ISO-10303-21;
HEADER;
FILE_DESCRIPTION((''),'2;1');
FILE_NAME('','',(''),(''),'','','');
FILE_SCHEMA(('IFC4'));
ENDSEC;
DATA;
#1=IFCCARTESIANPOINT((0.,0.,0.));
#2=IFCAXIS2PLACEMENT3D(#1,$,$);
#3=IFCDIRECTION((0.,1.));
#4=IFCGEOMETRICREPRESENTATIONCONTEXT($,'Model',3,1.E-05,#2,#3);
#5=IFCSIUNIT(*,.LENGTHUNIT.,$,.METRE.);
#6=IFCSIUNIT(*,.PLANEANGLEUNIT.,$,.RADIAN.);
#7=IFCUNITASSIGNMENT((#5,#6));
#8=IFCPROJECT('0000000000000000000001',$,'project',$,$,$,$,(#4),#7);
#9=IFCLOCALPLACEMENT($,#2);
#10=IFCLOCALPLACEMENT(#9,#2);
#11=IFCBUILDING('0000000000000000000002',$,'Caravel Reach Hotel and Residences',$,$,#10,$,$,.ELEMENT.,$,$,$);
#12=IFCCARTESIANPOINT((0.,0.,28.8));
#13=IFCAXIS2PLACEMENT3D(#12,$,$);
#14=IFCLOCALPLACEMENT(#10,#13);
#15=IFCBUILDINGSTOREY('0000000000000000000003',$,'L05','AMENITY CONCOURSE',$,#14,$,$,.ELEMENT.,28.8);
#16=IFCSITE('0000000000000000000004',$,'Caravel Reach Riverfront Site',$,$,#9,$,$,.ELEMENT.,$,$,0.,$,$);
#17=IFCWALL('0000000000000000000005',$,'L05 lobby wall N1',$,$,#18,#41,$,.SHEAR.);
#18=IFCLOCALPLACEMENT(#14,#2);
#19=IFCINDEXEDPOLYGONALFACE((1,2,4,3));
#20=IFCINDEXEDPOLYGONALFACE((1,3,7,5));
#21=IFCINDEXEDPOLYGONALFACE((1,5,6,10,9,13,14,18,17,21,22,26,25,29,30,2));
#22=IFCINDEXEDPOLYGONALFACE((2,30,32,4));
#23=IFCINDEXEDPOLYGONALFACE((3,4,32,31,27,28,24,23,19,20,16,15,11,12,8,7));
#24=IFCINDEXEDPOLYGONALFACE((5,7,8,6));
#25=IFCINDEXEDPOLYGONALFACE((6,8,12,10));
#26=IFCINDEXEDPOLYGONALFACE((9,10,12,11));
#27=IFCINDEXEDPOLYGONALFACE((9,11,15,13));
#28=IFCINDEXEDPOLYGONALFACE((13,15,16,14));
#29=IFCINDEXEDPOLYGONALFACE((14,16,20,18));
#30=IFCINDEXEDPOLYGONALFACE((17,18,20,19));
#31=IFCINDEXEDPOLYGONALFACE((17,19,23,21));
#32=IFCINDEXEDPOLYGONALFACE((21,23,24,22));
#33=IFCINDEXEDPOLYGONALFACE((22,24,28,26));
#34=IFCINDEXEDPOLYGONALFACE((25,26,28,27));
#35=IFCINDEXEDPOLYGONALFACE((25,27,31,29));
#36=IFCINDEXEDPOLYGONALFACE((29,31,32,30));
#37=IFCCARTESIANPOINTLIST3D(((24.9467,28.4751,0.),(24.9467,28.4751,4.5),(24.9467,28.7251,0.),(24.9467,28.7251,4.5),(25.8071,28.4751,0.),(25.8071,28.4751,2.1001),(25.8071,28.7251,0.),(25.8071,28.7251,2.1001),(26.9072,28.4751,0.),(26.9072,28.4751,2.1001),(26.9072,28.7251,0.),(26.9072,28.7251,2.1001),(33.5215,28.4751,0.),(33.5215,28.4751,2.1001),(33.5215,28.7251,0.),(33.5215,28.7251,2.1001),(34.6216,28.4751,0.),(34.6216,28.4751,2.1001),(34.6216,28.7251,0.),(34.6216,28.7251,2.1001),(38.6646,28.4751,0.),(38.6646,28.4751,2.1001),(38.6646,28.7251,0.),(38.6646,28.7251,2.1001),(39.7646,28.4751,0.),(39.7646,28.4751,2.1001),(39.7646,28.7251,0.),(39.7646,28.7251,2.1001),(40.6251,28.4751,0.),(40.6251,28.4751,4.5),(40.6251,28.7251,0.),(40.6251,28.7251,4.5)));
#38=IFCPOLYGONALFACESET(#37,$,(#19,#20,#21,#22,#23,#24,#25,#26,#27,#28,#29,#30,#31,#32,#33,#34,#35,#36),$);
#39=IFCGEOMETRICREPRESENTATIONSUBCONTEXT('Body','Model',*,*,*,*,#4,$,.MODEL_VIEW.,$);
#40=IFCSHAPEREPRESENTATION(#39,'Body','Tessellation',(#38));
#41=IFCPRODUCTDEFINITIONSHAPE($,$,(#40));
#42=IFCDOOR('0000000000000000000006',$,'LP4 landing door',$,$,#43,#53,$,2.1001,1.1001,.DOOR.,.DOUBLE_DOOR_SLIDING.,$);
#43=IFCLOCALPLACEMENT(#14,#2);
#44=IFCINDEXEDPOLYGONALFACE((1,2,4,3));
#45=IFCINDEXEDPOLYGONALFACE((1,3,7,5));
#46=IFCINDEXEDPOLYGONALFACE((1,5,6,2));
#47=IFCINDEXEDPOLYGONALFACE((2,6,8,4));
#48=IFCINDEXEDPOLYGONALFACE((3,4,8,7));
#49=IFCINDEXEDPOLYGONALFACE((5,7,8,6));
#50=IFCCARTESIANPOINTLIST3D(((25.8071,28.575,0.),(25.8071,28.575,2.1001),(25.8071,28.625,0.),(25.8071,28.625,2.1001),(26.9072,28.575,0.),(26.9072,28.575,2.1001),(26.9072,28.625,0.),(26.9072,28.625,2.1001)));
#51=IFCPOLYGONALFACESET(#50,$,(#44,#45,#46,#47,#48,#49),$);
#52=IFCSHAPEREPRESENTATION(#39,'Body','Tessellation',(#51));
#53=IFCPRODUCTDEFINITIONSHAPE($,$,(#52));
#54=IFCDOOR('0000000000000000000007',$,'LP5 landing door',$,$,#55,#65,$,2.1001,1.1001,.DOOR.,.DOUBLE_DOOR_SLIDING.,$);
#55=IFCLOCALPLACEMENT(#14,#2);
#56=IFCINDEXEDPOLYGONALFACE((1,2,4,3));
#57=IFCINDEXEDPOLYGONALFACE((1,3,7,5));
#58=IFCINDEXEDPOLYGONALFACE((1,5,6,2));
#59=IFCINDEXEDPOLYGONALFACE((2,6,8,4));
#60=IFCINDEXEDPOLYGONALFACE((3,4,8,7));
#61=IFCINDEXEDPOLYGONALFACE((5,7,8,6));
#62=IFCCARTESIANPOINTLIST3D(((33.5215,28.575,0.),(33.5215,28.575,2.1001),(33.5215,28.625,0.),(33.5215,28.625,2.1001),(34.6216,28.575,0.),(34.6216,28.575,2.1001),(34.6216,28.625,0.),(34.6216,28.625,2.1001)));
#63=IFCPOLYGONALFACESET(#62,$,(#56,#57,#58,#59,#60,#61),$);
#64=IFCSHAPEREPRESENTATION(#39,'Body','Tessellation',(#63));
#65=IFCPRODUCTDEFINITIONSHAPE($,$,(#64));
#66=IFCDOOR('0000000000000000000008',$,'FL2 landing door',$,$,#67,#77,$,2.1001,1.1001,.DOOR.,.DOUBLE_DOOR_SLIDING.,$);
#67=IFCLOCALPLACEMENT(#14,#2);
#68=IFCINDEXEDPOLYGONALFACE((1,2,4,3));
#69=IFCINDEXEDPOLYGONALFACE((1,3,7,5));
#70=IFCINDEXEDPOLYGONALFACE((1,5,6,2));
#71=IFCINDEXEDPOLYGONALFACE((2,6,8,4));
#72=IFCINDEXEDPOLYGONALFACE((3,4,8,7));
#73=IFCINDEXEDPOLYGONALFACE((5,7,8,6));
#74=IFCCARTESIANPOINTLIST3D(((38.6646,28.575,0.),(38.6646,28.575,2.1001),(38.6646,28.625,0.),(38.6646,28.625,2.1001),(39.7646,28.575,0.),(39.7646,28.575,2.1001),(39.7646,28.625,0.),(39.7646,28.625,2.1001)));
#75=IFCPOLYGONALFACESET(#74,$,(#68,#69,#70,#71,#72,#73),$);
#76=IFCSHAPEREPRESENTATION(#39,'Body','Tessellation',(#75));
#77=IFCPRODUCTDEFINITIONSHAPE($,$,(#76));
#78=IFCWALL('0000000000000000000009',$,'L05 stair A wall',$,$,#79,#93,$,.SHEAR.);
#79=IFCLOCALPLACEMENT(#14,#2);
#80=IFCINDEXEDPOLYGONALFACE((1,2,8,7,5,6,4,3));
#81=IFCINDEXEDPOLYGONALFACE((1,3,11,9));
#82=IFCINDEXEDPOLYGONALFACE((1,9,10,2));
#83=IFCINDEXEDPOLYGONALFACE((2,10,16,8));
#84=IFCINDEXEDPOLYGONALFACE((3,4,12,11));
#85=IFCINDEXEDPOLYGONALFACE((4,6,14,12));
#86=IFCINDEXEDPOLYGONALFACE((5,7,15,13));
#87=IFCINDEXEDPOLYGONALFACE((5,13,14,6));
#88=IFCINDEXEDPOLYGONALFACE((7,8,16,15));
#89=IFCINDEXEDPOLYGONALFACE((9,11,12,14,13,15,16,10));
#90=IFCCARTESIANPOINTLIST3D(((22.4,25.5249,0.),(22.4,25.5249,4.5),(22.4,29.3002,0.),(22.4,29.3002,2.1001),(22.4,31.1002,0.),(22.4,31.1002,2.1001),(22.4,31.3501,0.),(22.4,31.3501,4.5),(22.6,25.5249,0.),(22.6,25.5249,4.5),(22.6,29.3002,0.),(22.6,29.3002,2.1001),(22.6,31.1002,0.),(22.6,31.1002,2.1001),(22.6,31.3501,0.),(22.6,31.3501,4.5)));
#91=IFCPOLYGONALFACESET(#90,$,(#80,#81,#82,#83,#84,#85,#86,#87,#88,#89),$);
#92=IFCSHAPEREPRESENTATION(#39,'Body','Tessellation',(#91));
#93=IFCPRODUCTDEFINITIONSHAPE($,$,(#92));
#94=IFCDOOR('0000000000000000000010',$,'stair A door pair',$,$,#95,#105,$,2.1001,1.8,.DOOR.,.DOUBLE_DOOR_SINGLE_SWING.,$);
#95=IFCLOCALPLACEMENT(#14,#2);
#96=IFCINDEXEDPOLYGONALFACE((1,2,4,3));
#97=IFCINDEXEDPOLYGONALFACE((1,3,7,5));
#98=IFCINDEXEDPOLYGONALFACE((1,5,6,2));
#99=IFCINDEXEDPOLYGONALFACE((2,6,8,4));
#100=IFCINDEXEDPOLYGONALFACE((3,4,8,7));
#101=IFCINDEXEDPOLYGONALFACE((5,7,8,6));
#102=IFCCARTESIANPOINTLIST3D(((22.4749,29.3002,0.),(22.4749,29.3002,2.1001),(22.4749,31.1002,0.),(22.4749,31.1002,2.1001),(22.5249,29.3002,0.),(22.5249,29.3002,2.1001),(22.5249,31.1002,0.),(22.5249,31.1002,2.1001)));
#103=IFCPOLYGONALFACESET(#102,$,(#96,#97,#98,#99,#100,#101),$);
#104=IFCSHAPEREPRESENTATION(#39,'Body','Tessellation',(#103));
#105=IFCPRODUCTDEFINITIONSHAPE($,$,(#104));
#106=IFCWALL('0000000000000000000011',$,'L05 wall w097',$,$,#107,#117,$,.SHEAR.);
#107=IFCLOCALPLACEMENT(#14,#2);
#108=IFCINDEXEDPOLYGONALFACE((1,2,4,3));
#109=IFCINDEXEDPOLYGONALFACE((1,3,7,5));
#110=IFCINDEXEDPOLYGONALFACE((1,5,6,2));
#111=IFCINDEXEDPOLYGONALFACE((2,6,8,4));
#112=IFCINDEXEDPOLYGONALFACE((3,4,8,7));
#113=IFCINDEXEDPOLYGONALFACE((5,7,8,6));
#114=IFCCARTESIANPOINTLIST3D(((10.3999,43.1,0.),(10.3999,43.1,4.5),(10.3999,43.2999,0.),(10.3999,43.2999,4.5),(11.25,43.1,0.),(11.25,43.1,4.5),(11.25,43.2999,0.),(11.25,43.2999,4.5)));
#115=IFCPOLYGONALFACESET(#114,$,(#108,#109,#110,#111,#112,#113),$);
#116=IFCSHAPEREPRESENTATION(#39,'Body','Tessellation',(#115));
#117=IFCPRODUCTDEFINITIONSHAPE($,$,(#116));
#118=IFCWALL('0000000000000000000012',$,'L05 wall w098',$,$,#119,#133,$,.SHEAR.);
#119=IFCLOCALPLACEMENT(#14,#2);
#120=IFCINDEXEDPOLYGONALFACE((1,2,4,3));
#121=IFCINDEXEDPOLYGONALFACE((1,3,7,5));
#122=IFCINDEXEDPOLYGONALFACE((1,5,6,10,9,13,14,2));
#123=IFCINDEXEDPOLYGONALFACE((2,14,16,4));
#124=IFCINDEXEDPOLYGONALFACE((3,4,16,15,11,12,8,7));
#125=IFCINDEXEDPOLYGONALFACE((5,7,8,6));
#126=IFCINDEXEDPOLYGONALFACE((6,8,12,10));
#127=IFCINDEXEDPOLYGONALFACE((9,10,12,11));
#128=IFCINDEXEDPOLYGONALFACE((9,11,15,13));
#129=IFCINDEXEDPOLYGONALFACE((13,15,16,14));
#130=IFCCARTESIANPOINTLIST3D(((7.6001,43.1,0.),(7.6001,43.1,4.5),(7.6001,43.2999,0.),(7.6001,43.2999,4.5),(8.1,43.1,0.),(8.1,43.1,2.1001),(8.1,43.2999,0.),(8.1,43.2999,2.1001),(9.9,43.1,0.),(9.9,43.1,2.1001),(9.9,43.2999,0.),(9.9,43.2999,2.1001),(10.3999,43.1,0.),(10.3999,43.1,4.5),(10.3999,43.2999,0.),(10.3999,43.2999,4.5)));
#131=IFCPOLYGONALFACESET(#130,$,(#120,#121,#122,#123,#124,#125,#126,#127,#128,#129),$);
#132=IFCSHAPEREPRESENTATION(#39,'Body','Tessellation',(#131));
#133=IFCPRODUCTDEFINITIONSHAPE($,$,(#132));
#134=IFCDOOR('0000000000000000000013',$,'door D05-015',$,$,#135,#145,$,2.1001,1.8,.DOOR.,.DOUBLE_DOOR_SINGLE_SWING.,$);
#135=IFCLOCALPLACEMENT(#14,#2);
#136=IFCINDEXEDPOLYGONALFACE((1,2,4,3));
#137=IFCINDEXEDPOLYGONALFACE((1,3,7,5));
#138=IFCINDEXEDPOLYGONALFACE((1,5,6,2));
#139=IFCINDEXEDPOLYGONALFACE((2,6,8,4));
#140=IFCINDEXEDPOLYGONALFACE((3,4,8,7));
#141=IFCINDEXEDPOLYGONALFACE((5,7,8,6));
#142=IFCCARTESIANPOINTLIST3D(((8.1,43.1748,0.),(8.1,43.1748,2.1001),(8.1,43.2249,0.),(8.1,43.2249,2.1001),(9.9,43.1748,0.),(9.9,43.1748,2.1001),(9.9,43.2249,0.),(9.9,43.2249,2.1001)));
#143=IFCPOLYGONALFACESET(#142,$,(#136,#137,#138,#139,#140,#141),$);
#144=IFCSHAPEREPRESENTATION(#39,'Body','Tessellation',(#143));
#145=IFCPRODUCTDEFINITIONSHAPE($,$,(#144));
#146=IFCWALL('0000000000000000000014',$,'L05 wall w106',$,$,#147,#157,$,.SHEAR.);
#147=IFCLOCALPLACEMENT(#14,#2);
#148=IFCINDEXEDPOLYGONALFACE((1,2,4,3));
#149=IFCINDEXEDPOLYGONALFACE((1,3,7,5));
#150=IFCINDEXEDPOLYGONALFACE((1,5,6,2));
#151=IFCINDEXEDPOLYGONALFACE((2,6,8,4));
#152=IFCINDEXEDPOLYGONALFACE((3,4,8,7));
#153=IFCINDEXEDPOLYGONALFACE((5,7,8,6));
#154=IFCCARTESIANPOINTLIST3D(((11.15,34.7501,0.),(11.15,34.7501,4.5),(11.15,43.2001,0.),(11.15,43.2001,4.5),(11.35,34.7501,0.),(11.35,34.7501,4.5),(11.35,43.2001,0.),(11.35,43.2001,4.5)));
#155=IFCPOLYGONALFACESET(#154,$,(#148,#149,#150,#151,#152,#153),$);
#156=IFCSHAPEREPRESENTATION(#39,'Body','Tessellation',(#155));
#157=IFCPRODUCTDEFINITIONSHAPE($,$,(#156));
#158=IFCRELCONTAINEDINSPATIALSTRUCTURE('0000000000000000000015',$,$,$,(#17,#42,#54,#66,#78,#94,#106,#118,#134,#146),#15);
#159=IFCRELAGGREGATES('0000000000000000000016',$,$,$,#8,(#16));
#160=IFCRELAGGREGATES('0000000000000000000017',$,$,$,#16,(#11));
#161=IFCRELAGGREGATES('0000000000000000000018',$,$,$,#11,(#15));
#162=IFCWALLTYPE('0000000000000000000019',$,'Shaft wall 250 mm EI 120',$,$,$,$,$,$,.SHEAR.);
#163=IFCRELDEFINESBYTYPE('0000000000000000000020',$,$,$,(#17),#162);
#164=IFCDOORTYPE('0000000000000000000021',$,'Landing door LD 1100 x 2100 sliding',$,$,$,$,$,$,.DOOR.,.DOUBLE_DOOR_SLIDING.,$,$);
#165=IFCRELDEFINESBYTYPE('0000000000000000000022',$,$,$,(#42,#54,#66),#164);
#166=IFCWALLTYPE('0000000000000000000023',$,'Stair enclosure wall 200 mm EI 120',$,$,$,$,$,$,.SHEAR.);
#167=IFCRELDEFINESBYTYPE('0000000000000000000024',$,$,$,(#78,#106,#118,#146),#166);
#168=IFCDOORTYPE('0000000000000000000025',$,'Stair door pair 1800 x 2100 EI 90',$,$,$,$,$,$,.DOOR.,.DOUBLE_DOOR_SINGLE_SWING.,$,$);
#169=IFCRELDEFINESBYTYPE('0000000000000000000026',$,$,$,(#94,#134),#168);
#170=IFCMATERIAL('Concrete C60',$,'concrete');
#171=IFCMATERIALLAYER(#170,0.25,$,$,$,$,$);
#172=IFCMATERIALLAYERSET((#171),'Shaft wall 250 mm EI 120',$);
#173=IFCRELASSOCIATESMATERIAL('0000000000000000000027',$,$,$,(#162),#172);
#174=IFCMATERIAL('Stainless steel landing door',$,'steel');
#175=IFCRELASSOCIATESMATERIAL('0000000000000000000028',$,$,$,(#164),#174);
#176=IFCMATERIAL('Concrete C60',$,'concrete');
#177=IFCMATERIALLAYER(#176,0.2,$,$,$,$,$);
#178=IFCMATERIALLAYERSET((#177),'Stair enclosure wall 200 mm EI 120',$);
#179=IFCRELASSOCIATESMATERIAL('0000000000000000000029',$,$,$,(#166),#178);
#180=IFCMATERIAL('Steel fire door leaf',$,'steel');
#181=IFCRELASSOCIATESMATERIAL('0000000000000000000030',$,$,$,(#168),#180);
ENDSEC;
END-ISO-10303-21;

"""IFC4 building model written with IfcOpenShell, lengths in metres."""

from ifc_helpers import new_model, si_unit, direction, frame, frame_2d, origin, place, context, subcontext, project, spatial, rectangle, extrude, material, layer, layer_set, type_object, element, fill, save


model = new_model("IFC4")

# Units and contexts
model_context = context("Model", 3, precision=1e-05, world=origin(), true_north=direction((0.0, 1.0)))
body_context = subcontext(model_context, "Body", "Model", "MODEL_VIEW")
ifc_project = project(units=[si_unit("LENGTHUNIT", "METRE"), si_unit("PLANEANGLEUNIT", "RADIAN")], contexts=[model_context])

# Site, building, storey
site_placement = place(None, origin())
site = spatial("IfcSite", under=ifc_project, at=site_placement, Name="Caravel Reach Riverfront Site", CompositionType="ELEMENT", RefElevation=0.0)
building_placement = place(site_placement, origin())
building = spatial("IfcBuilding", under=site, at=building_placement, Name="Caravel Reach Hotel and Residences", CompositionType="ELEMENT")
storey_placement = place(building_placement, frame((0.0, 0.0, 28.8)))
storey = spatial("IfcBuildingStorey", under=building, at=storey_placement, Name="L05", Description="AMENITY CONCOURSE", CompositionType="ELEMENT", Elevation=28.8)

# Wall, openings, doors
ifc_material_1 = material(Name="Concrete C60", Category="concrete")
ifc_layer_1 = layer(ifc_material_1, 0.25)
ifc_layer_set_1 = layer_set([ifc_layer_1], Name="Shaft wall 250 mm EI 120")
wall_type_1 = type_object("IfcWallType", Name="Shaft wall 250 mm EI 120", PredefinedType="SHEAR", material=ifc_layer_set_1)
wall_1_placement = place(storey_placement, frame((24.9465, 28.6001, 0.0), z_axis=(0.0, 0.0, 1.0), x_axis=(1.0, 0.0, 0.0)))
wall_1 = element("IfcWall", 1, at=wall_1_placement, inside=storey, type_object=wall_type_1, Name="L05 lobby wall N1", PredefinedType="SHEAR", context=body_context, shape_type="SweptSolid", body=[
    extrude(rectangle(XDim=15.6785, YDim=0.25, at=frame_2d((7.8394, 0.0))), origin(), (0.0, 0.0, 1.0), 4.5),
])
opening_1_placement = place(wall_1_placement, frame((0.8606, 0.0, 0.0)))
opening_1 = element("IfcOpeningElement", 2, at=opening_1_placement, cuts=wall_1, PredefinedType="OPENING", context=body_context, shape_type="SweptSolid", body=[
    extrude(rectangle(XDim=1.1001, YDim=2.1001, at=frame_2d((0.55, 1.05))), frame((0.0, 0.135, 0.0), z_axis=(0.0, -1.0, 0.0), x_axis=(1.0, 0.0, 0.0)), (0.0, 0.0, 1.0), 0.27),
])
opening_2_placement = place(wall_1_placement, frame((8.575, 0.0, 0.0)))
opening_2 = element("IfcOpeningElement", 3, at=opening_2_placement, cuts=wall_1, PredefinedType="OPENING", context=body_context, shape_type="SweptSolid", body=[
    extrude(rectangle(XDim=1.1001, YDim=2.1001, at=frame_2d((0.55, 1.05))), frame((0.0, 0.135, 0.0), z_axis=(0.0, -1.0, 0.0), x_axis=(1.0, 0.0, 0.0)), (0.0, 0.0, 1.0), 0.27),
])
opening_3_placement = place(wall_1_placement, frame((13.718, 0.0, 0.0)))
opening_3 = element("IfcOpeningElement", 4, at=opening_3_placement, cuts=wall_1, PredefinedType="OPENING", context=body_context, shape_type="SweptSolid", body=[
    extrude(rectangle(XDim=1.1001, YDim=2.1001, at=frame_2d((0.55, 1.05))), frame((0.0, 0.135, 0.0), z_axis=(0.0, -1.0, 0.0), x_axis=(1.0, 0.0, 0.0)), (0.0, 0.0, 1.0), 0.27),
])
ifc_material_2 = material(Name="Stainless steel landing door", Category="steel")
door_type_1 = type_object("IfcDoorType", Name="Landing door LD 1100 x 2100 sliding", OperationType="DOUBLE_DOOR_SLIDING", PredefinedType="DOOR", material=ifc_material_2)
door_1_placement = place(opening_1_placement, origin())
door_1 = element("IfcDoor", 5, at=door_1_placement, inside=storey, type_object=door_type_1, Name="LP4 landing door", OperationType="DOUBLE_DOOR_SLIDING", OverallHeight=2.1001, OverallWidth=1.1001, PredefinedType="DOOR", context=body_context, shape_type="SweptSolid", body=[
    extrude(rectangle(XDim=1.1001, YDim=2.1001, at=frame_2d((0.55, 1.05))), frame((0.0, 0.0249, 0.0), z_axis=(0.0, -1.0, 0.0), x_axis=(1.0, 0.0, 0.0)), (0.0, 0.0, 1.0), 0.05),
])
fill(opening_1, door_1)
door_2_placement = place(opening_2_placement, origin())
door_2 = element("IfcDoor", 6, at=door_2_placement, inside=storey, type_object=door_type_1, Name="LP5 landing door", OperationType="DOUBLE_DOOR_SLIDING", OverallHeight=2.1001, OverallWidth=1.1001, PredefinedType="DOOR", context=body_context, shape_type="SweptSolid", body=[
    extrude(rectangle(XDim=1.1001, YDim=2.1001, at=frame_2d((0.55, 1.05))), frame((0.0, 0.0249, 0.0), z_axis=(0.0, -1.0, 0.0), x_axis=(1.0, 0.0, 0.0)), (0.0, 0.0, 1.0), 0.05),
])
fill(opening_2, door_2)
door_3_placement = place(opening_3_placement, origin())
door_3 = element("IfcDoor", 7, at=door_3_placement, inside=storey, type_object=door_type_1, Name="FL2 landing door", OperationType="DOUBLE_DOOR_SLIDING", OverallHeight=2.1001, OverallWidth=1.1001, PredefinedType="DOOR", context=body_context, shape_type="SweptSolid", body=[
    extrude(rectangle(XDim=1.1001, YDim=2.1001, at=frame_2d((0.55, 1.05))), frame((0.0, 0.0249, 0.0), z_axis=(0.0, -1.0, 0.0), x_axis=(1.0, 0.0, 0.0)), (0.0, 0.0, 1.0), 0.05),
])
fill(opening_3, door_3)

# Wall, opening, door
ifc_material_3 = material(Name="Concrete C60", Category="concrete")
ifc_layer_2 = layer(ifc_material_3, 0.2)
ifc_layer_set_2 = layer_set([ifc_layer_2], Name="Stair enclosure wall 200 mm EI 120")
wall_type_2 = type_object("IfcWallType", Name="Stair enclosure wall 200 mm EI 120", PredefinedType="SHEAR", material=ifc_layer_set_2)
wall_2_placement = place(storey_placement, frame((22.5, 31.3501, 0.0), z_axis=(0.0, 0.0, 1.0), x_axis=(0.0, -1.0, 0.0)))
wall_2 = element("IfcWall", 8, at=wall_2_placement, inside=storey, type_object=wall_type_2, Name="L05 stair A wall", PredefinedType="SHEAR", context=body_context, shape_type="SweptSolid", body=[
    extrude(rectangle(XDim=5.8252, YDim=0.2, at=frame_2d((2.9126, 0.0))), origin(), (0.0, 0.0, 1.0), 4.5),
])
opening_4_placement = place(wall_2_placement, frame((0.25, 0.0, 0.0)))
opening_4 = element("IfcOpeningElement", 9, at=opening_4_placement, cuts=wall_2, PredefinedType="OPENING", context=body_context, shape_type="SweptSolid", body=[
    extrude(rectangle(XDim=1.8, YDim=2.1001, at=frame_2d((0.8999, 1.05))), frame((0.0, 0.1099, 0.0), z_axis=(0.0, -1.0, 0.0), x_axis=(1.0, 0.0, 0.0)), (0.0, 0.0, 1.0), 0.22),
])
ifc_material_4 = material(Name="Steel fire door leaf", Category="steel")
door_type_2 = type_object("IfcDoorType", Name="Stair door pair 1800 x 2100 EI 90", OperationType="DOUBLE_DOOR_SINGLE_SWING", PredefinedType="DOOR", material=ifc_material_4)
door_4_placement = place(opening_4_placement, origin())
door_4 = element("IfcDoor", 10, at=door_4_placement, inside=storey, type_object=door_type_2, Name="stair A door pair", OperationType="DOUBLE_DOOR_SINGLE_SWING", OverallHeight=2.1001, OverallWidth=1.8, PredefinedType="DOOR", context=body_context, shape_type="SweptSolid", body=[
    extrude(rectangle(XDim=1.8, YDim=2.1001, at=frame_2d((0.8999, 1.05))), frame((0.0, 0.0249, 0.0), z_axis=(0.0, -1.0, 0.0), x_axis=(1.0, 0.0, 0.0)), (0.0, 0.0, 1.0), 0.05),
])
fill(opening_4, door_4)

# Wall
wall_3_placement = place(storey_placement, frame((10.3999, 43.2, 0.0), z_axis=(0.0, 0.0, 1.0), x_axis=(1.0, 0.0, 0.0)))
element("IfcWall", 11, at=wall_3_placement, inside=storey, type_object=wall_type_2, Name="L05 wall w097", PredefinedType="SHEAR", context=body_context, shape_type="SweptSolid", body=[
    extrude(rectangle(XDim=0.8501, YDim=0.2, at=frame_2d((0.425, 0.0))), origin(), (0.0, 0.0, 1.0), 4.5),
])

# Wall, opening, door
wall_4_placement = place(storey_placement, frame((7.6001, 43.2, 0.0), z_axis=(0.0, 0.0, 1.0), x_axis=(1.0, 0.0, 0.0)))
wall_4 = element("IfcWall", 12, at=wall_4_placement, inside=storey, type_object=wall_type_2, Name="L05 wall w098", PredefinedType="SHEAR", context=body_context, shape_type="SweptSolid", body=[
    extrude(rectangle(XDim=2.7998, YDim=0.2, at=frame_2d((1.3999, 0.0))), origin(), (0.0, 0.0, 1.0), 4.5),
])
opening_5_placement = place(wall_4_placement, frame((0.5, 0.0, 0.0)))
opening_5 = element("IfcOpeningElement", 13, at=opening_5_placement, cuts=wall_4, PredefinedType="OPENING", context=body_context, shape_type="SweptSolid", body=[
    extrude(rectangle(XDim=1.8, YDim=2.1001, at=frame_2d((0.8999, 1.05))), frame((0.0, 0.1099, 0.0), z_axis=(0.0, -1.0, 0.0), x_axis=(1.0, 0.0, 0.0)), (0.0, 0.0, 1.0), 0.22),
])
door_5_placement = place(opening_5_placement, origin())
door_5 = element("IfcDoor", 14, at=door_5_placement, inside=storey, type_object=door_type_2, Name="door D05-015", OperationType="DOUBLE_DOOR_SINGLE_SWING", OverallHeight=2.1001, OverallWidth=1.8, PredefinedType="DOOR", context=body_context, shape_type="SweptSolid", body=[
    extrude(rectangle(XDim=1.8, YDim=2.1001, at=frame_2d((0.8999, 1.05))), frame((0.0, 0.0249, 0.0), z_axis=(0.0, -1.0, 0.0), x_axis=(1.0, 0.0, 0.0)), (0.0, 0.0, 1.0), 0.05),
])
fill(opening_5, door_5)

# Wall
wall_5_placement = place(storey_placement, frame((11.25, 34.75, 0.0), z_axis=(0.0, 0.0, 1.0), x_axis=(0.0, 1.0, 0.0)))
element("IfcWall", 15, at=wall_5_placement, inside=storey, type_object=wall_type_2, Name="L05 wall w106", PredefinedType="SHEAR", context=body_context, shape_type="SweptSolid", body=[
    extrude(rectangle(XDim=8.45, YDim=0.2, at=frame_2d((4.2251, 0.0))), origin(), (0.0, 0.0, 1.0), 4.5),
])

save(model, "model.ifc")
